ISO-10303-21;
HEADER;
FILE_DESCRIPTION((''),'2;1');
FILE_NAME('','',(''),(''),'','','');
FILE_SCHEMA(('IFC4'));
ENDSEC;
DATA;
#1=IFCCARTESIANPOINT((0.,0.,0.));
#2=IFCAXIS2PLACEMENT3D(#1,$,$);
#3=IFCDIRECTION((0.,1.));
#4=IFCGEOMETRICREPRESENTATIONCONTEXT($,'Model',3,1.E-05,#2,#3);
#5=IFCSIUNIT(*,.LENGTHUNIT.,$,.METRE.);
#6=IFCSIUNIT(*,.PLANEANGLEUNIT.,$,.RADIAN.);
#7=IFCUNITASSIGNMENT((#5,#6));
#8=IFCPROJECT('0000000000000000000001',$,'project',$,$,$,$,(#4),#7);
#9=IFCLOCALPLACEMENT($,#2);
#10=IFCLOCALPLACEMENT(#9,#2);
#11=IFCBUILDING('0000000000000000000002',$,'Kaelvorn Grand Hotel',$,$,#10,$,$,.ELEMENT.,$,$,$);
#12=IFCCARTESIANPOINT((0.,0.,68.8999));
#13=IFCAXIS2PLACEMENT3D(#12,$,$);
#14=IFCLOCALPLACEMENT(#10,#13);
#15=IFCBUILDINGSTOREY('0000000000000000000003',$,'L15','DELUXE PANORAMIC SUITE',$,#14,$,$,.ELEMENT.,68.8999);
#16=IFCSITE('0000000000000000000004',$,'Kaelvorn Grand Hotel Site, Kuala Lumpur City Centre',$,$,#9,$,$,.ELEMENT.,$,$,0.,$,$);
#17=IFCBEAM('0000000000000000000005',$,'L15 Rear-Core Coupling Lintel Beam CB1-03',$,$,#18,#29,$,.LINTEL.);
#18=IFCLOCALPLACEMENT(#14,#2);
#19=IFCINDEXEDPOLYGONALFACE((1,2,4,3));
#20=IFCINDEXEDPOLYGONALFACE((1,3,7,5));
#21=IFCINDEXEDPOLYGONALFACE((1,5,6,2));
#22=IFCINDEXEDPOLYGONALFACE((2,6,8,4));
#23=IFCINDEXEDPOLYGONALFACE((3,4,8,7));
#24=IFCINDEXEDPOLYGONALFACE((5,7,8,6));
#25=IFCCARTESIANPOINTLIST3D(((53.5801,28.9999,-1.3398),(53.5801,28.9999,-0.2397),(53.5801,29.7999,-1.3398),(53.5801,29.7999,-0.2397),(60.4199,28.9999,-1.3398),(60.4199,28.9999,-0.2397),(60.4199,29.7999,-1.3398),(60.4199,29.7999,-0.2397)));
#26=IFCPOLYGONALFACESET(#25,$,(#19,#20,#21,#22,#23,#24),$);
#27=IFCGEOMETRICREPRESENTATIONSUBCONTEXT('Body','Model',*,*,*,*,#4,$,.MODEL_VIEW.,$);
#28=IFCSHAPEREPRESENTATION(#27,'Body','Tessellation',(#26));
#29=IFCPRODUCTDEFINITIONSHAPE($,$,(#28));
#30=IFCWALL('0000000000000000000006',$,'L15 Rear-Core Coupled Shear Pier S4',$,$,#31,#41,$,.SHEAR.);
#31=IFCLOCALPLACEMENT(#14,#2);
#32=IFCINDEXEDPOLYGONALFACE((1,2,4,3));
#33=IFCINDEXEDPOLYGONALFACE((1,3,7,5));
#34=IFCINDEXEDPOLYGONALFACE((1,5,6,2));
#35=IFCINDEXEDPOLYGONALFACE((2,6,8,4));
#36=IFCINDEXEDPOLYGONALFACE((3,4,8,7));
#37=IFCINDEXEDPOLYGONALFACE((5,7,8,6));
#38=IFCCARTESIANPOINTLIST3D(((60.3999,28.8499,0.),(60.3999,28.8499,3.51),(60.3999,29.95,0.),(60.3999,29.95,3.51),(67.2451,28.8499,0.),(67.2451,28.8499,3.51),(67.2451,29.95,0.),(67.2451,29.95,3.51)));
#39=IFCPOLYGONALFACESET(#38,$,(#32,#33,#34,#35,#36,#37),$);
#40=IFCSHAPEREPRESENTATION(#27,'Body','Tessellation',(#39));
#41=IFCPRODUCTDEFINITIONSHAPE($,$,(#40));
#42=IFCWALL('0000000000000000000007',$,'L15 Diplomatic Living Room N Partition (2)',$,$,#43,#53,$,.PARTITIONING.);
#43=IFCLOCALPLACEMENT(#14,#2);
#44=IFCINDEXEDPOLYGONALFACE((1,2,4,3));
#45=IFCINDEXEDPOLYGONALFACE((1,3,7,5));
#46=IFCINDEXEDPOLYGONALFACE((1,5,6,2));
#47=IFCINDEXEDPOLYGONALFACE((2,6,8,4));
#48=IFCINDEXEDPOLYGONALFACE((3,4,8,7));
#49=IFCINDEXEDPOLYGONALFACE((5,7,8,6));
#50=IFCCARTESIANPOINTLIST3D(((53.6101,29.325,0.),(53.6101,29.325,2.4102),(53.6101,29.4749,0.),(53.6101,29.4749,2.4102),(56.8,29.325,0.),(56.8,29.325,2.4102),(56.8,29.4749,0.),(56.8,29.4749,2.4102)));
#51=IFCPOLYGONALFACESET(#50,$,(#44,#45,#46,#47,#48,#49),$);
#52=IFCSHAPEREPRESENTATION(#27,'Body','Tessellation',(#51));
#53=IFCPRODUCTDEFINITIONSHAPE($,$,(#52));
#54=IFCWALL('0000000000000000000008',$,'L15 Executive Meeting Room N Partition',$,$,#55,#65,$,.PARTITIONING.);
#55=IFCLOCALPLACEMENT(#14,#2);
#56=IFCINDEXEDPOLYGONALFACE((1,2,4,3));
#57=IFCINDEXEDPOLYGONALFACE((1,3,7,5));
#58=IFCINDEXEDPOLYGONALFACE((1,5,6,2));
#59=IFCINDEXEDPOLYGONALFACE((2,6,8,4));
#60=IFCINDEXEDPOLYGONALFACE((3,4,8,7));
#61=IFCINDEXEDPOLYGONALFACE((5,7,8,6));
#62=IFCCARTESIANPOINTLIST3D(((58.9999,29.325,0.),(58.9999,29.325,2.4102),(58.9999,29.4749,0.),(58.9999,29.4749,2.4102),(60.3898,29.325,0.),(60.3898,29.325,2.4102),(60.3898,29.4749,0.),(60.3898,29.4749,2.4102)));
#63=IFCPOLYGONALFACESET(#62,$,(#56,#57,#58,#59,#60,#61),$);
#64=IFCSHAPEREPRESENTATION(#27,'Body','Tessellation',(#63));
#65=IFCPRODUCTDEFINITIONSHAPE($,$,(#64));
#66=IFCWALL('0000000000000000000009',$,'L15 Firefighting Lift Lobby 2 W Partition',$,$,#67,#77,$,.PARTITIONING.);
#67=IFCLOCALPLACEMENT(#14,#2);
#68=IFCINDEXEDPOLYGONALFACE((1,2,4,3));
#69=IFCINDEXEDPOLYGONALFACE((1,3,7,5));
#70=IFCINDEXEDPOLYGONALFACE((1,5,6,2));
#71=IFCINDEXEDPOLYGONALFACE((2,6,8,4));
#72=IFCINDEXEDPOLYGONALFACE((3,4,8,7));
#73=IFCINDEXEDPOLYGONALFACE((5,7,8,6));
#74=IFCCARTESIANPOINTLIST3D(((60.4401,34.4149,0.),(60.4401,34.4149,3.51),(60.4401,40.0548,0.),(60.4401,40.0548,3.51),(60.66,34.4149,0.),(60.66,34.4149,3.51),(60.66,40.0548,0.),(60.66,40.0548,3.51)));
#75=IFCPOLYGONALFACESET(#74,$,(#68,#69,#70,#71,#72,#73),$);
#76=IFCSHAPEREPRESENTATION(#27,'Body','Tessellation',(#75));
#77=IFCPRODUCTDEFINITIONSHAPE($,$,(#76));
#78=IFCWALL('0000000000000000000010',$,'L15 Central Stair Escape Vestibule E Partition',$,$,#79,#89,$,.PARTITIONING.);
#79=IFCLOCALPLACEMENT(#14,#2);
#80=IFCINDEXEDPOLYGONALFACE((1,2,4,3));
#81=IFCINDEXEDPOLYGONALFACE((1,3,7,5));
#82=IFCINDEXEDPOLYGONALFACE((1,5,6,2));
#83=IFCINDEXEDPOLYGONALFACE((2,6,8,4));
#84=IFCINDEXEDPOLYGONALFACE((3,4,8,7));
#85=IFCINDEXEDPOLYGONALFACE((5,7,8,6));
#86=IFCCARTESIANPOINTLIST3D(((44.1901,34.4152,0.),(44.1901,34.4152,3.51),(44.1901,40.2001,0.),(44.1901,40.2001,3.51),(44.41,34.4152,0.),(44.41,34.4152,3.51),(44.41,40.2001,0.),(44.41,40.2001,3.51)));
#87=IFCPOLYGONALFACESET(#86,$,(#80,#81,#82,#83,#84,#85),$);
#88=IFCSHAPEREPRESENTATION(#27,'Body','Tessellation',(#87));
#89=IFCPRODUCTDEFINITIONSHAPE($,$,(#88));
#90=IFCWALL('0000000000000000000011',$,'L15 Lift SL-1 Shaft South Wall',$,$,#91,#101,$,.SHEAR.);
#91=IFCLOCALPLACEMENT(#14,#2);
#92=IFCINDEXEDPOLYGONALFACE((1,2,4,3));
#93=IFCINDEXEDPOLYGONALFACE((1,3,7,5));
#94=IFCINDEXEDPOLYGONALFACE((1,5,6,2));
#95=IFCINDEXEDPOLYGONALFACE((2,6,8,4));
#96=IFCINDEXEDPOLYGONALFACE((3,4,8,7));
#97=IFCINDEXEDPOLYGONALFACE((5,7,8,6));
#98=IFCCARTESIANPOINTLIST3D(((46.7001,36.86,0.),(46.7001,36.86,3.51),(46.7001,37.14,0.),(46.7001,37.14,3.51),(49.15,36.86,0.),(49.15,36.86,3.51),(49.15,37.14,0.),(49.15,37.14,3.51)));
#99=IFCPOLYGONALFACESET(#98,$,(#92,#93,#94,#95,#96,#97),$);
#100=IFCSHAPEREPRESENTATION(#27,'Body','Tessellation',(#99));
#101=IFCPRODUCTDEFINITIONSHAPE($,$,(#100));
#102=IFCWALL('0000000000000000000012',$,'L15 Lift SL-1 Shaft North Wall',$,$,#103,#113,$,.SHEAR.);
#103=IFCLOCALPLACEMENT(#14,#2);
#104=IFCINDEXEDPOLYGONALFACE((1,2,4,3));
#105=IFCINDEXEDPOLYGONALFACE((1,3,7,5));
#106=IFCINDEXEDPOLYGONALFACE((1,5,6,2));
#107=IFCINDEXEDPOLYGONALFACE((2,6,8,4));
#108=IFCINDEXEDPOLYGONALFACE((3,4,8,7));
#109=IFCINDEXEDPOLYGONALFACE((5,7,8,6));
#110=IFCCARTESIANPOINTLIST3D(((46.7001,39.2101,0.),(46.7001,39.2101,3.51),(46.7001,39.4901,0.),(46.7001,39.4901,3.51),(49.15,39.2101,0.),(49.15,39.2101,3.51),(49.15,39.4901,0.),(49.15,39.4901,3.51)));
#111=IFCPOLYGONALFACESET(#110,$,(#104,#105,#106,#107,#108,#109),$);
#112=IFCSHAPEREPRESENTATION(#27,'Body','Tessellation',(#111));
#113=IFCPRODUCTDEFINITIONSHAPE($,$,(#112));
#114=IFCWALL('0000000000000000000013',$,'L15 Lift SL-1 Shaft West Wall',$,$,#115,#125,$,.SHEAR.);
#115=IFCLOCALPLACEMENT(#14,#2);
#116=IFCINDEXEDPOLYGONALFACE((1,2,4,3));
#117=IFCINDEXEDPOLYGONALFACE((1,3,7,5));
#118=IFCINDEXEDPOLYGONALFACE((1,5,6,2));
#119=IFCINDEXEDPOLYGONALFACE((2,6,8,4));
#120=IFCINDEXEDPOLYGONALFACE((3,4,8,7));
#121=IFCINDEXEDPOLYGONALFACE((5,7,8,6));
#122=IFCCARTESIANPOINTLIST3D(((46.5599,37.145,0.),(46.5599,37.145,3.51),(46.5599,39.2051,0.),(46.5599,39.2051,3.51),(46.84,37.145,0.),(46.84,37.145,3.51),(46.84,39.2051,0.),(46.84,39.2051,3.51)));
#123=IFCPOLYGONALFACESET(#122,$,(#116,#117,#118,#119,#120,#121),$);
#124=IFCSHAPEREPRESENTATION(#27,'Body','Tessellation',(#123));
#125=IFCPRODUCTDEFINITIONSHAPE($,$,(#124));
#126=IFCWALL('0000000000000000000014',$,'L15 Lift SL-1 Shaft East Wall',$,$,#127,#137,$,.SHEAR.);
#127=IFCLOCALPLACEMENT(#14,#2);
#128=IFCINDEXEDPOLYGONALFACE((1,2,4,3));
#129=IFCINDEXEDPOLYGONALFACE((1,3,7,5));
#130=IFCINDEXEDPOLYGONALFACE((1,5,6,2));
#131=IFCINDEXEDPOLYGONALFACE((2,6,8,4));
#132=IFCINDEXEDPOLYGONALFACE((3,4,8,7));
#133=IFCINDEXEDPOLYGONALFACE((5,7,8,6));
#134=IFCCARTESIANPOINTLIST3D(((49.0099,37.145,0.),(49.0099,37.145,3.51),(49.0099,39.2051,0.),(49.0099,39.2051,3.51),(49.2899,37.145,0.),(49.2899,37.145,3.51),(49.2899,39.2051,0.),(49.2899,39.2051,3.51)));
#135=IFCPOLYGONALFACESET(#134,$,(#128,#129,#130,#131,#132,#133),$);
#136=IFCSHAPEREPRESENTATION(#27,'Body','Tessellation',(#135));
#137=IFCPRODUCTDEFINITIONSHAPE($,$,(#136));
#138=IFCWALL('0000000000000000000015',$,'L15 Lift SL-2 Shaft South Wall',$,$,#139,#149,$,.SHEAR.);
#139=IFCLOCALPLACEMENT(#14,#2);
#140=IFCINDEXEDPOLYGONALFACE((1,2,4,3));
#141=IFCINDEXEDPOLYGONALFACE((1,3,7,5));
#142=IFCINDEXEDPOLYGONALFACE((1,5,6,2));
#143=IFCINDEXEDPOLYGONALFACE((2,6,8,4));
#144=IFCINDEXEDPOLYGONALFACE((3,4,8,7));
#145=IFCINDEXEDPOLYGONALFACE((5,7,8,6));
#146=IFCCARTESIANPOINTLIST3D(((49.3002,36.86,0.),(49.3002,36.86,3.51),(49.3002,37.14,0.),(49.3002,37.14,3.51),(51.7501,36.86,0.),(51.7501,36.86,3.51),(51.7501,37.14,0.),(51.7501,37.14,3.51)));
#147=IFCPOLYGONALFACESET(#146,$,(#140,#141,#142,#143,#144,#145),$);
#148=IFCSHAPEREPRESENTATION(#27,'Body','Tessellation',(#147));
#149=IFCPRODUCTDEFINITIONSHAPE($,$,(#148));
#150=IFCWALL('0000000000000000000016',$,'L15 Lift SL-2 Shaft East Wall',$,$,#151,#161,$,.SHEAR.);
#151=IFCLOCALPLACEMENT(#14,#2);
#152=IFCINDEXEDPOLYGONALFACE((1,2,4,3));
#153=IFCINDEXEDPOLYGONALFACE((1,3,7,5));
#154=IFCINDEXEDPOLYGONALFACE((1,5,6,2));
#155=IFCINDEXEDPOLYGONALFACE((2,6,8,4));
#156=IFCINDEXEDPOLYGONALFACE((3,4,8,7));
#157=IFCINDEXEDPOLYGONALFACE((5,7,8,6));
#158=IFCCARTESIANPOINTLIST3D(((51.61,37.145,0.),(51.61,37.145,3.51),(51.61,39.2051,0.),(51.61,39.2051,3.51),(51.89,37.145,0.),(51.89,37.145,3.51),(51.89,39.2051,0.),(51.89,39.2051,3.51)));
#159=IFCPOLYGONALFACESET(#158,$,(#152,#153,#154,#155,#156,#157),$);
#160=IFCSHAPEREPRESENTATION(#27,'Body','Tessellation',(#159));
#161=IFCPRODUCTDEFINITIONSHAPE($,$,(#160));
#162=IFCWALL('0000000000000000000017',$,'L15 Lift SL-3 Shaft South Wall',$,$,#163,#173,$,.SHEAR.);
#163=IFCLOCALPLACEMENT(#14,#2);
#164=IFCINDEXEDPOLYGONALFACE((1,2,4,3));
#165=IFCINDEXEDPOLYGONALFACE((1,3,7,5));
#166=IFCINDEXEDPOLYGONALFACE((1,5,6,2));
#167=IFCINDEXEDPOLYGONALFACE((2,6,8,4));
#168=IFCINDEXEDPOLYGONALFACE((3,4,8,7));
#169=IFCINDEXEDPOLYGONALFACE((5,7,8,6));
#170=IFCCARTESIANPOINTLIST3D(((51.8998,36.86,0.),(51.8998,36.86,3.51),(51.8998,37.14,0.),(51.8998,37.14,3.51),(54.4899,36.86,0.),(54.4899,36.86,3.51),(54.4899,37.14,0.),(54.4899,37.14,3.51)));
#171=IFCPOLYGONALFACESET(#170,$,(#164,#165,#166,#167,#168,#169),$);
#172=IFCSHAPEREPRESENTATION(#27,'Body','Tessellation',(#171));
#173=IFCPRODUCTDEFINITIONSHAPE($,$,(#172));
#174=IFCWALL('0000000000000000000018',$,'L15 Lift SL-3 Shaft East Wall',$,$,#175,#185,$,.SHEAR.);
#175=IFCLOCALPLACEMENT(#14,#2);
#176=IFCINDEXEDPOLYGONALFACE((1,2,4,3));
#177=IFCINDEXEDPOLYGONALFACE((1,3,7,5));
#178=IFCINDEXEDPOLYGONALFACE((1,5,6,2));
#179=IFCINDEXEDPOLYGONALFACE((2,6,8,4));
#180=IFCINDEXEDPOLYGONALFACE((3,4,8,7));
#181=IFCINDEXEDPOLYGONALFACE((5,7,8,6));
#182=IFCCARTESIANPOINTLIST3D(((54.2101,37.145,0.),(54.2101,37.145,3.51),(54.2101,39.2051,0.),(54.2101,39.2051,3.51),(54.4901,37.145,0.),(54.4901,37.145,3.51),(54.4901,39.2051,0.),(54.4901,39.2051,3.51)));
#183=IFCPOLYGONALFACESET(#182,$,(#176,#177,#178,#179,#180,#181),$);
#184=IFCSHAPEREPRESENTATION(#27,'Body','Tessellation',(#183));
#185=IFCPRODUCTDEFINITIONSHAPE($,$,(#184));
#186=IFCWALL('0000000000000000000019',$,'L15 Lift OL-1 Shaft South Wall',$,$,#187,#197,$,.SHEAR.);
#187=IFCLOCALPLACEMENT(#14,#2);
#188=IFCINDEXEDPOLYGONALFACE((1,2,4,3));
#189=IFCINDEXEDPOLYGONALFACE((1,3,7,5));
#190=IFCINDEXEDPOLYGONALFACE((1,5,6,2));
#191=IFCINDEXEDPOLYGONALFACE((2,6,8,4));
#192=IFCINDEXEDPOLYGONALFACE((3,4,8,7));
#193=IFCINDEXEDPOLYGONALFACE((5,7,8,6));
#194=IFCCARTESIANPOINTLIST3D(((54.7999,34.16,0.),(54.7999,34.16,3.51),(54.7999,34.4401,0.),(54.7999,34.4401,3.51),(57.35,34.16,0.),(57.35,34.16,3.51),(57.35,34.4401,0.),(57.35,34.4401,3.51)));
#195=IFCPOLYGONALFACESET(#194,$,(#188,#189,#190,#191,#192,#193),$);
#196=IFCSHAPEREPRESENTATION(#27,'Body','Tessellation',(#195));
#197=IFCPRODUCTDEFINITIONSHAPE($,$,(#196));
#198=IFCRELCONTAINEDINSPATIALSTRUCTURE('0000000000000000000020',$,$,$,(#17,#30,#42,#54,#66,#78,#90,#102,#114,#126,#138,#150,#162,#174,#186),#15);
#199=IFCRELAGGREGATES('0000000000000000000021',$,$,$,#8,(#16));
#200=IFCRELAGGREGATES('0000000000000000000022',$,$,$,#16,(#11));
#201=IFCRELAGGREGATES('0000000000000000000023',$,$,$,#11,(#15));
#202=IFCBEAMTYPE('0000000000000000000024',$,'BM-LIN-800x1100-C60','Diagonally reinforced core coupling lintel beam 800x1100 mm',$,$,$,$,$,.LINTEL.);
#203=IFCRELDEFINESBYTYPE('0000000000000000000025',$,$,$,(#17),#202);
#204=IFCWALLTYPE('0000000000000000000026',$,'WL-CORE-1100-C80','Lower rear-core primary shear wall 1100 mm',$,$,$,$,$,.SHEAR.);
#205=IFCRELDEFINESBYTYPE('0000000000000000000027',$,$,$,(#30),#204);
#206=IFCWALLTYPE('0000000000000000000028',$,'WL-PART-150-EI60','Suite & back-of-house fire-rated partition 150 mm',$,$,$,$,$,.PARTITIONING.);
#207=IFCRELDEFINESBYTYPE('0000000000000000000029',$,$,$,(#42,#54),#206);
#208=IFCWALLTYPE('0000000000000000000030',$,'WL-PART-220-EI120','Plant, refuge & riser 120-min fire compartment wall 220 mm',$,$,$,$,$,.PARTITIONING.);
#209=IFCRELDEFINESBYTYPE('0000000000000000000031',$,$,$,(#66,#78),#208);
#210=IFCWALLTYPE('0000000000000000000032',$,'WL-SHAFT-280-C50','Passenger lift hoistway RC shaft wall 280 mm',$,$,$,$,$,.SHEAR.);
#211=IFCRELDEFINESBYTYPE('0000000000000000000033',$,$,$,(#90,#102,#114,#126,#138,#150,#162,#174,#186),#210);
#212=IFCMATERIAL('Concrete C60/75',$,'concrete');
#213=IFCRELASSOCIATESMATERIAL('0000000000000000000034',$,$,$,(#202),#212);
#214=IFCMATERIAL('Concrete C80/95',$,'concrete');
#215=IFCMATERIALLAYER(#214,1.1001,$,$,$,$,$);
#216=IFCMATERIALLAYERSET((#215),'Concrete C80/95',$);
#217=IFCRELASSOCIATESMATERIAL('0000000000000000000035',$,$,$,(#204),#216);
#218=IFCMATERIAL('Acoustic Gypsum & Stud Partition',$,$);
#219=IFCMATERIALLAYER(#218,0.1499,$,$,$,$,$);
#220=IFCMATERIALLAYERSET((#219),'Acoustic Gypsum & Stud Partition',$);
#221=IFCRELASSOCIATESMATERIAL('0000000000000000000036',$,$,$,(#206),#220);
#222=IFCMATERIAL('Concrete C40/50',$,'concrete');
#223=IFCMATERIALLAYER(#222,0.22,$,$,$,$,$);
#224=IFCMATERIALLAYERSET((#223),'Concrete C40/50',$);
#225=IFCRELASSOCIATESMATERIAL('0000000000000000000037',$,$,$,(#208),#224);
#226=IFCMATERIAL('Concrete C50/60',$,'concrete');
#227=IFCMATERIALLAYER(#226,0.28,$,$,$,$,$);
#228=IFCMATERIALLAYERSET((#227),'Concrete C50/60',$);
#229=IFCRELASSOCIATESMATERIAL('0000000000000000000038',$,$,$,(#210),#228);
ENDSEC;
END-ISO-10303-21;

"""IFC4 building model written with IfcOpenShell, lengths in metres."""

from ifc_helpers import new_model, si_unit, direction, frame, frame_2d, origin, origin_2d, place, context, subcontext, project, spatial, rectangle, extrude, material, layer, layer_set, material_profile, profile_set, type_object, element, save


model = new_model("IFC4")

# Units and contexts
model_context = context("Model", 3, precision=1e-05, world=origin(), true_north=direction((0.0, 1.0)))
body_context = subcontext(model_context, "Body", "Model", "MODEL_VIEW")
ifc_project = project(units=[si_unit("LENGTHUNIT", "METRE"), si_unit("PLANEANGLEUNIT", "RADIAN")], contexts=[model_context])

# Site, building, storey
site_placement = place(None, origin())
site = spatial("IfcSite", under=ifc_project, at=site_placement, Name="Kaelvorn Grand Hotel Site, Kuala Lumpur City Centre", CompositionType="ELEMENT", RefElevation=0.0)
building_placement = place(site_placement, origin())
building = spatial("IfcBuilding", under=site, at=building_placement, Name="Kaelvorn Grand Hotel", CompositionType="ELEMENT")
storey_placement = place(building_placement, frame((0.0, 0.0, 68.8999)))
storey = spatial("IfcBuildingStorey", under=building, at=storey_placement, Name="L15", Description="DELUXE PANORAMIC SUITE", CompositionType="ELEMENT", Elevation=68.8999)

# Beam
ifc_material_1 = material(Name="Concrete C60/75", Category="concrete")
ifc_material_profile = material_profile(ifc_material_1, rectangle(XDim=0.8, YDim=1.1001, at=origin_2d()), Name="RC LINTEL 800x1100")
ifc_profile_set = profile_set([ifc_material_profile], Name="Concrete C60/75")
beam_type = type_object("IfcBeamType", Name="BM-LIN-800x1100-C60", Description="Diagonally reinforced core coupling lintel beam 800x1100 mm", PredefinedType="LINTEL", material=ifc_profile_set)
beam_placement = place(storey_placement, frame((53.5801, 29.3999, -0.7898), z_axis=(1.0, 0.0, 0.0), x_axis=(0.0, 1.0, 0.0)))
element("IfcBeam", 1, at=beam_placement, inside=storey, type_object=beam_type, Name="L15 Rear-Core Coupling Lintel Beam CB1-03", PredefinedType="LINTEL", context=body_context, shape_type="SweptSolid", body=[
    extrude(rectangle(XDim=0.8, YDim=1.1001, at=origin_2d()), origin(), (0.0, 0.0, 1.0), 6.8398),
])

# Walls
ifc_material_2 = material(Name="Concrete C80/95", Category="concrete")
ifc_layer_1 = layer(ifc_material_2, 1.1001)
ifc_layer_set_1 = layer_set([ifc_layer_1], Name="Concrete C80/95")
wall_type_1 = type_object("IfcWallType", Name="WL-CORE-1100-C80", Description="Lower rear-core primary shear wall 1100 mm", PredefinedType="SHEAR", material=ifc_layer_set_1)
wall_1_placement = place(storey_placement, frame((60.3999, 29.3999, 0.0), z_axis=(0.0, 0.0, 1.0), x_axis=(1.0, 0.0, 0.0)))
element("IfcWall", 2, at=wall_1_placement, inside=storey, type_object=wall_type_1, Name="L15 Rear-Core Coupled Shear Pier S4", PredefinedType="SHEAR", context=body_context, shape_type="SweptSolid", body=[
    extrude(rectangle(XDim=6.8452, YDim=1.1001, at=frame_2d((3.4226, 0.0))), origin(), (0.0, 0.0, 1.0), 3.51),
])
ifc_material_3 = material(Name="Acoustic Gypsum & Stud Partition")
ifc_layer_2 = layer(ifc_material_3, 0.1499)
ifc_layer_set_2 = layer_set([ifc_layer_2], Name="Acoustic Gypsum & Stud Partition")
wall_type_2 = type_object("IfcWallType", Name="WL-PART-150-EI60", Description="Suite & back-of-house fire-rated partition 150 mm", PredefinedType="PARTITIONING", material=ifc_layer_set_2)
wall_2_placement = place(storey_placement, frame((53.6101, 29.3999, 0.0), z_axis=(0.0, 0.0, 1.0), x_axis=(1.0, 0.0, 0.0)))
element("IfcWall", 3, at=wall_2_placement, inside=storey, type_object=wall_type_2, Name="L15 Diplomatic Living Room N Partition (2)", PredefinedType="PARTITIONING", context=body_context, shape_type="SweptSolid", body=[
    extrude(rectangle(XDim=3.1899, YDim=0.1499, at=frame_2d((1.595, 0.0))), origin(), (0.0, 0.0, 1.0), 2.4102),
])
wall_3_placement = place(storey_placement, frame((59.0, 29.3999, 0.0), z_axis=(0.0, 0.0, 1.0), x_axis=(1.0, 0.0, 0.0)))
element("IfcWall", 4, at=wall_3_placement, inside=storey, type_object=wall_type_2, Name="L15 Executive Meeting Room N Partition", PredefinedType="PARTITIONING", context=body_context, shape_type="SweptSolid", body=[
    extrude(rectangle(XDim=1.3899, YDim=0.1499, at=frame_2d((0.6948, 0.0))), origin(), (0.0, 0.0, 1.0), 2.4102),
])

# Shared definitions
ifc_material_4 = material(Name="Concrete C40/50", Category="concrete")
ifc_layer_3 = layer(ifc_material_4, 0.22)
ifc_layer_set_3 = layer_set([ifc_layer_3], Name="Concrete C40/50")
wall_type_3 = type_object("IfcWallType", Name="WL-PART-220-EI120", Description="Plant, refuge & riser 120-min fire compartment wall 220 mm", PredefinedType="PARTITIONING", material=ifc_layer_set_3)

# Walls
wall_4_placement = place(storey_placement, frame((60.55, 34.415, 0.0), z_axis=(0.0, 0.0, 1.0), x_axis=(0.0, 1.0, 0.0)))
element("IfcWall", 5, at=wall_4_placement, inside=storey, type_object=wall_type_3, Name="L15 Firefighting Lift Lobby 2 W Partition", PredefinedType="PARTITIONING", context=body_context, shape_type="SweptSolid", body=[
    extrude(rectangle(XDim=5.6399, YDim=0.22, at=frame_2d((2.8198, 0.0))), origin(), (0.0, 0.0, 1.0), 3.51),
])
wall_5_placement = place(storey_placement, frame((44.3, 34.415, 0.0), z_axis=(0.0, 0.0, 1.0), x_axis=(0.0, 1.0, 0.0)))
element("IfcWall", 6, at=wall_5_placement, inside=storey, type_object=wall_type_3, Name="L15 Central Stair Escape Vestibule E Partition", PredefinedType="PARTITIONING", context=body_context, shape_type="SweptSolid", body=[
    extrude(rectangle(XDim=5.7849, YDim=0.22, at=frame_2d((2.8926, 0.0))), origin(), (0.0, 0.0, 1.0), 3.51),
])
ifc_material_5 = material(Name="Concrete C50/60", Category="concrete")
ifc_layer_4 = layer(ifc_material_5, 0.28)
ifc_layer_set_4 = layer_set([ifc_layer_4], Name="Concrete C50/60")
wall_type_4 = type_object("IfcWallType", Name="WL-SHAFT-280-C50", Description="Passenger lift hoistway RC shaft wall 280 mm", PredefinedType="SHEAR", material=ifc_layer_set_4)
for number, where, z_axis, x_axis, name in (
    (7, (46.7, 37.0, 0.0), (0.0, 0.0, 1.0), (1.0, 0.0, 0.0), "L15 Lift SL-1 Shaft South Wall"),
    (8, (46.7, 39.3501, 0.0), (0.0, 0.0, 1.0), (1.0, 0.0, 0.0), "L15 Lift SL-1 Shaft North Wall"),
):
    element("IfcWall", number, at=place(storey_placement, frame(where, z_axis=z_axis, x_axis=x_axis)), inside=storey, type_object=wall_type_4, Name=name, PredefinedType="SHEAR", context=body_context, shape_type="SweptSolid", body=[
        extrude(rectangle(XDim=2.45, YDim=0.28, at=frame_2d((1.2251, 0.0))), origin(), (0.0, 0.0, 1.0), 3.51),
    ])
for number, where, z_axis, x_axis, name in (
    (9, (46.7, 37.145, 0.0), (0.0, 0.0, 1.0), (0.0, 1.0, 0.0), "L15 Lift SL-1 Shaft West Wall"),
    (10, (49.1499, 37.145, 0.0), (0.0, 0.0, 1.0), (0.0, 1.0, 0.0), "L15 Lift SL-1 Shaft East Wall"),
):
    element("IfcWall", number, at=place(storey_placement, frame(where, z_axis=z_axis, x_axis=x_axis)), inside=storey, type_object=wall_type_4, Name=name, PredefinedType="SHEAR", context=body_context, shape_type="SweptSolid", body=[
        extrude(rectangle(XDim=2.0601, YDim=0.28, at=frame_2d((1.03, 0.0))), origin(), (0.0, 0.0, 1.0), 3.51),
    ])
wall_6_placement = place(storey_placement, frame((49.3, 37.0, 0.0), z_axis=(0.0, 0.0, 1.0), x_axis=(1.0, 0.0, 0.0)))
element("IfcWall", 11, at=wall_6_placement, inside=storey, type_object=wall_type_4, Name="L15 Lift SL-2 Shaft South Wall", PredefinedType="SHEAR", context=body_context, shape_type="SweptSolid", body=[
    extrude(rectangle(XDim=2.45, YDim=0.28, at=frame_2d((1.2251, 0.0))), origin(), (0.0, 0.0, 1.0), 3.51),
])
wall_7_placement = place(storey_placement, frame((51.75, 37.145, 0.0), z_axis=(0.0, 0.0, 1.0), x_axis=(0.0, 1.0, 0.0)))
element("IfcWall", 12, at=wall_7_placement, inside=storey, type_object=wall_type_4, Name="L15 Lift SL-2 Shaft East Wall", PredefinedType="SHEAR", context=body_context, shape_type="SweptSolid", body=[
    extrude(rectangle(XDim=2.0601, YDim=0.28, at=frame_2d((1.03, 0.0))), origin(), (0.0, 0.0, 1.0), 3.51),
])
wall_8_placement = place(storey_placement, frame((51.8999, 37.0, 0.0), z_axis=(0.0, 0.0, 1.0), x_axis=(1.0, 0.0, 0.0)))
element("IfcWall", 13, at=wall_8_placement, inside=storey, type_object=wall_type_4, Name="L15 Lift SL-3 Shaft South Wall", PredefinedType="SHEAR", context=body_context, shape_type="SweptSolid", body=[
    extrude(rectangle(XDim=2.5901, YDim=0.28, at=frame_2d((1.2949, 0.0))), origin(), (0.0, 0.0, 1.0), 3.51),
])
wall_9_placement = place(storey_placement, frame((54.3501, 37.145, 0.0), z_axis=(0.0, 0.0, 1.0), x_axis=(0.0, 1.0, 0.0)))
element("IfcWall", 14, at=wall_9_placement, inside=storey, type_object=wall_type_4, Name="L15 Lift SL-3 Shaft East Wall", PredefinedType="SHEAR", context=body_context, shape_type="SweptSolid", body=[
    extrude(rectangle(XDim=2.0601, YDim=0.28, at=frame_2d((1.03, 0.0))), origin(), (0.0, 0.0, 1.0), 3.51),
])
for number, where, z_axis, x_axis, name in (
    (15, (54.8, 34.3, 0.0), (0.0, 0.0, 1.0), (1.0, 0.0, 0.0), "L15 Lift OL-1 Shaft South Wall"),
):
    element("IfcWall", number, at=place(storey_placement, frame(where, z_axis=z_axis, x_axis=x_axis)), inside=storey, type_object=wall_type_4, Name=name, PredefinedType="SHEAR", context=body_context, shape_type="SweptSolid", body=[
        extrude(rectangle(XDim=2.55, YDim=0.28, at=frame_2d((1.2749, 0.0))), origin(), (0.0, 0.0, 1.0), 3.51),
    ])

save(model, "model.ifc")
